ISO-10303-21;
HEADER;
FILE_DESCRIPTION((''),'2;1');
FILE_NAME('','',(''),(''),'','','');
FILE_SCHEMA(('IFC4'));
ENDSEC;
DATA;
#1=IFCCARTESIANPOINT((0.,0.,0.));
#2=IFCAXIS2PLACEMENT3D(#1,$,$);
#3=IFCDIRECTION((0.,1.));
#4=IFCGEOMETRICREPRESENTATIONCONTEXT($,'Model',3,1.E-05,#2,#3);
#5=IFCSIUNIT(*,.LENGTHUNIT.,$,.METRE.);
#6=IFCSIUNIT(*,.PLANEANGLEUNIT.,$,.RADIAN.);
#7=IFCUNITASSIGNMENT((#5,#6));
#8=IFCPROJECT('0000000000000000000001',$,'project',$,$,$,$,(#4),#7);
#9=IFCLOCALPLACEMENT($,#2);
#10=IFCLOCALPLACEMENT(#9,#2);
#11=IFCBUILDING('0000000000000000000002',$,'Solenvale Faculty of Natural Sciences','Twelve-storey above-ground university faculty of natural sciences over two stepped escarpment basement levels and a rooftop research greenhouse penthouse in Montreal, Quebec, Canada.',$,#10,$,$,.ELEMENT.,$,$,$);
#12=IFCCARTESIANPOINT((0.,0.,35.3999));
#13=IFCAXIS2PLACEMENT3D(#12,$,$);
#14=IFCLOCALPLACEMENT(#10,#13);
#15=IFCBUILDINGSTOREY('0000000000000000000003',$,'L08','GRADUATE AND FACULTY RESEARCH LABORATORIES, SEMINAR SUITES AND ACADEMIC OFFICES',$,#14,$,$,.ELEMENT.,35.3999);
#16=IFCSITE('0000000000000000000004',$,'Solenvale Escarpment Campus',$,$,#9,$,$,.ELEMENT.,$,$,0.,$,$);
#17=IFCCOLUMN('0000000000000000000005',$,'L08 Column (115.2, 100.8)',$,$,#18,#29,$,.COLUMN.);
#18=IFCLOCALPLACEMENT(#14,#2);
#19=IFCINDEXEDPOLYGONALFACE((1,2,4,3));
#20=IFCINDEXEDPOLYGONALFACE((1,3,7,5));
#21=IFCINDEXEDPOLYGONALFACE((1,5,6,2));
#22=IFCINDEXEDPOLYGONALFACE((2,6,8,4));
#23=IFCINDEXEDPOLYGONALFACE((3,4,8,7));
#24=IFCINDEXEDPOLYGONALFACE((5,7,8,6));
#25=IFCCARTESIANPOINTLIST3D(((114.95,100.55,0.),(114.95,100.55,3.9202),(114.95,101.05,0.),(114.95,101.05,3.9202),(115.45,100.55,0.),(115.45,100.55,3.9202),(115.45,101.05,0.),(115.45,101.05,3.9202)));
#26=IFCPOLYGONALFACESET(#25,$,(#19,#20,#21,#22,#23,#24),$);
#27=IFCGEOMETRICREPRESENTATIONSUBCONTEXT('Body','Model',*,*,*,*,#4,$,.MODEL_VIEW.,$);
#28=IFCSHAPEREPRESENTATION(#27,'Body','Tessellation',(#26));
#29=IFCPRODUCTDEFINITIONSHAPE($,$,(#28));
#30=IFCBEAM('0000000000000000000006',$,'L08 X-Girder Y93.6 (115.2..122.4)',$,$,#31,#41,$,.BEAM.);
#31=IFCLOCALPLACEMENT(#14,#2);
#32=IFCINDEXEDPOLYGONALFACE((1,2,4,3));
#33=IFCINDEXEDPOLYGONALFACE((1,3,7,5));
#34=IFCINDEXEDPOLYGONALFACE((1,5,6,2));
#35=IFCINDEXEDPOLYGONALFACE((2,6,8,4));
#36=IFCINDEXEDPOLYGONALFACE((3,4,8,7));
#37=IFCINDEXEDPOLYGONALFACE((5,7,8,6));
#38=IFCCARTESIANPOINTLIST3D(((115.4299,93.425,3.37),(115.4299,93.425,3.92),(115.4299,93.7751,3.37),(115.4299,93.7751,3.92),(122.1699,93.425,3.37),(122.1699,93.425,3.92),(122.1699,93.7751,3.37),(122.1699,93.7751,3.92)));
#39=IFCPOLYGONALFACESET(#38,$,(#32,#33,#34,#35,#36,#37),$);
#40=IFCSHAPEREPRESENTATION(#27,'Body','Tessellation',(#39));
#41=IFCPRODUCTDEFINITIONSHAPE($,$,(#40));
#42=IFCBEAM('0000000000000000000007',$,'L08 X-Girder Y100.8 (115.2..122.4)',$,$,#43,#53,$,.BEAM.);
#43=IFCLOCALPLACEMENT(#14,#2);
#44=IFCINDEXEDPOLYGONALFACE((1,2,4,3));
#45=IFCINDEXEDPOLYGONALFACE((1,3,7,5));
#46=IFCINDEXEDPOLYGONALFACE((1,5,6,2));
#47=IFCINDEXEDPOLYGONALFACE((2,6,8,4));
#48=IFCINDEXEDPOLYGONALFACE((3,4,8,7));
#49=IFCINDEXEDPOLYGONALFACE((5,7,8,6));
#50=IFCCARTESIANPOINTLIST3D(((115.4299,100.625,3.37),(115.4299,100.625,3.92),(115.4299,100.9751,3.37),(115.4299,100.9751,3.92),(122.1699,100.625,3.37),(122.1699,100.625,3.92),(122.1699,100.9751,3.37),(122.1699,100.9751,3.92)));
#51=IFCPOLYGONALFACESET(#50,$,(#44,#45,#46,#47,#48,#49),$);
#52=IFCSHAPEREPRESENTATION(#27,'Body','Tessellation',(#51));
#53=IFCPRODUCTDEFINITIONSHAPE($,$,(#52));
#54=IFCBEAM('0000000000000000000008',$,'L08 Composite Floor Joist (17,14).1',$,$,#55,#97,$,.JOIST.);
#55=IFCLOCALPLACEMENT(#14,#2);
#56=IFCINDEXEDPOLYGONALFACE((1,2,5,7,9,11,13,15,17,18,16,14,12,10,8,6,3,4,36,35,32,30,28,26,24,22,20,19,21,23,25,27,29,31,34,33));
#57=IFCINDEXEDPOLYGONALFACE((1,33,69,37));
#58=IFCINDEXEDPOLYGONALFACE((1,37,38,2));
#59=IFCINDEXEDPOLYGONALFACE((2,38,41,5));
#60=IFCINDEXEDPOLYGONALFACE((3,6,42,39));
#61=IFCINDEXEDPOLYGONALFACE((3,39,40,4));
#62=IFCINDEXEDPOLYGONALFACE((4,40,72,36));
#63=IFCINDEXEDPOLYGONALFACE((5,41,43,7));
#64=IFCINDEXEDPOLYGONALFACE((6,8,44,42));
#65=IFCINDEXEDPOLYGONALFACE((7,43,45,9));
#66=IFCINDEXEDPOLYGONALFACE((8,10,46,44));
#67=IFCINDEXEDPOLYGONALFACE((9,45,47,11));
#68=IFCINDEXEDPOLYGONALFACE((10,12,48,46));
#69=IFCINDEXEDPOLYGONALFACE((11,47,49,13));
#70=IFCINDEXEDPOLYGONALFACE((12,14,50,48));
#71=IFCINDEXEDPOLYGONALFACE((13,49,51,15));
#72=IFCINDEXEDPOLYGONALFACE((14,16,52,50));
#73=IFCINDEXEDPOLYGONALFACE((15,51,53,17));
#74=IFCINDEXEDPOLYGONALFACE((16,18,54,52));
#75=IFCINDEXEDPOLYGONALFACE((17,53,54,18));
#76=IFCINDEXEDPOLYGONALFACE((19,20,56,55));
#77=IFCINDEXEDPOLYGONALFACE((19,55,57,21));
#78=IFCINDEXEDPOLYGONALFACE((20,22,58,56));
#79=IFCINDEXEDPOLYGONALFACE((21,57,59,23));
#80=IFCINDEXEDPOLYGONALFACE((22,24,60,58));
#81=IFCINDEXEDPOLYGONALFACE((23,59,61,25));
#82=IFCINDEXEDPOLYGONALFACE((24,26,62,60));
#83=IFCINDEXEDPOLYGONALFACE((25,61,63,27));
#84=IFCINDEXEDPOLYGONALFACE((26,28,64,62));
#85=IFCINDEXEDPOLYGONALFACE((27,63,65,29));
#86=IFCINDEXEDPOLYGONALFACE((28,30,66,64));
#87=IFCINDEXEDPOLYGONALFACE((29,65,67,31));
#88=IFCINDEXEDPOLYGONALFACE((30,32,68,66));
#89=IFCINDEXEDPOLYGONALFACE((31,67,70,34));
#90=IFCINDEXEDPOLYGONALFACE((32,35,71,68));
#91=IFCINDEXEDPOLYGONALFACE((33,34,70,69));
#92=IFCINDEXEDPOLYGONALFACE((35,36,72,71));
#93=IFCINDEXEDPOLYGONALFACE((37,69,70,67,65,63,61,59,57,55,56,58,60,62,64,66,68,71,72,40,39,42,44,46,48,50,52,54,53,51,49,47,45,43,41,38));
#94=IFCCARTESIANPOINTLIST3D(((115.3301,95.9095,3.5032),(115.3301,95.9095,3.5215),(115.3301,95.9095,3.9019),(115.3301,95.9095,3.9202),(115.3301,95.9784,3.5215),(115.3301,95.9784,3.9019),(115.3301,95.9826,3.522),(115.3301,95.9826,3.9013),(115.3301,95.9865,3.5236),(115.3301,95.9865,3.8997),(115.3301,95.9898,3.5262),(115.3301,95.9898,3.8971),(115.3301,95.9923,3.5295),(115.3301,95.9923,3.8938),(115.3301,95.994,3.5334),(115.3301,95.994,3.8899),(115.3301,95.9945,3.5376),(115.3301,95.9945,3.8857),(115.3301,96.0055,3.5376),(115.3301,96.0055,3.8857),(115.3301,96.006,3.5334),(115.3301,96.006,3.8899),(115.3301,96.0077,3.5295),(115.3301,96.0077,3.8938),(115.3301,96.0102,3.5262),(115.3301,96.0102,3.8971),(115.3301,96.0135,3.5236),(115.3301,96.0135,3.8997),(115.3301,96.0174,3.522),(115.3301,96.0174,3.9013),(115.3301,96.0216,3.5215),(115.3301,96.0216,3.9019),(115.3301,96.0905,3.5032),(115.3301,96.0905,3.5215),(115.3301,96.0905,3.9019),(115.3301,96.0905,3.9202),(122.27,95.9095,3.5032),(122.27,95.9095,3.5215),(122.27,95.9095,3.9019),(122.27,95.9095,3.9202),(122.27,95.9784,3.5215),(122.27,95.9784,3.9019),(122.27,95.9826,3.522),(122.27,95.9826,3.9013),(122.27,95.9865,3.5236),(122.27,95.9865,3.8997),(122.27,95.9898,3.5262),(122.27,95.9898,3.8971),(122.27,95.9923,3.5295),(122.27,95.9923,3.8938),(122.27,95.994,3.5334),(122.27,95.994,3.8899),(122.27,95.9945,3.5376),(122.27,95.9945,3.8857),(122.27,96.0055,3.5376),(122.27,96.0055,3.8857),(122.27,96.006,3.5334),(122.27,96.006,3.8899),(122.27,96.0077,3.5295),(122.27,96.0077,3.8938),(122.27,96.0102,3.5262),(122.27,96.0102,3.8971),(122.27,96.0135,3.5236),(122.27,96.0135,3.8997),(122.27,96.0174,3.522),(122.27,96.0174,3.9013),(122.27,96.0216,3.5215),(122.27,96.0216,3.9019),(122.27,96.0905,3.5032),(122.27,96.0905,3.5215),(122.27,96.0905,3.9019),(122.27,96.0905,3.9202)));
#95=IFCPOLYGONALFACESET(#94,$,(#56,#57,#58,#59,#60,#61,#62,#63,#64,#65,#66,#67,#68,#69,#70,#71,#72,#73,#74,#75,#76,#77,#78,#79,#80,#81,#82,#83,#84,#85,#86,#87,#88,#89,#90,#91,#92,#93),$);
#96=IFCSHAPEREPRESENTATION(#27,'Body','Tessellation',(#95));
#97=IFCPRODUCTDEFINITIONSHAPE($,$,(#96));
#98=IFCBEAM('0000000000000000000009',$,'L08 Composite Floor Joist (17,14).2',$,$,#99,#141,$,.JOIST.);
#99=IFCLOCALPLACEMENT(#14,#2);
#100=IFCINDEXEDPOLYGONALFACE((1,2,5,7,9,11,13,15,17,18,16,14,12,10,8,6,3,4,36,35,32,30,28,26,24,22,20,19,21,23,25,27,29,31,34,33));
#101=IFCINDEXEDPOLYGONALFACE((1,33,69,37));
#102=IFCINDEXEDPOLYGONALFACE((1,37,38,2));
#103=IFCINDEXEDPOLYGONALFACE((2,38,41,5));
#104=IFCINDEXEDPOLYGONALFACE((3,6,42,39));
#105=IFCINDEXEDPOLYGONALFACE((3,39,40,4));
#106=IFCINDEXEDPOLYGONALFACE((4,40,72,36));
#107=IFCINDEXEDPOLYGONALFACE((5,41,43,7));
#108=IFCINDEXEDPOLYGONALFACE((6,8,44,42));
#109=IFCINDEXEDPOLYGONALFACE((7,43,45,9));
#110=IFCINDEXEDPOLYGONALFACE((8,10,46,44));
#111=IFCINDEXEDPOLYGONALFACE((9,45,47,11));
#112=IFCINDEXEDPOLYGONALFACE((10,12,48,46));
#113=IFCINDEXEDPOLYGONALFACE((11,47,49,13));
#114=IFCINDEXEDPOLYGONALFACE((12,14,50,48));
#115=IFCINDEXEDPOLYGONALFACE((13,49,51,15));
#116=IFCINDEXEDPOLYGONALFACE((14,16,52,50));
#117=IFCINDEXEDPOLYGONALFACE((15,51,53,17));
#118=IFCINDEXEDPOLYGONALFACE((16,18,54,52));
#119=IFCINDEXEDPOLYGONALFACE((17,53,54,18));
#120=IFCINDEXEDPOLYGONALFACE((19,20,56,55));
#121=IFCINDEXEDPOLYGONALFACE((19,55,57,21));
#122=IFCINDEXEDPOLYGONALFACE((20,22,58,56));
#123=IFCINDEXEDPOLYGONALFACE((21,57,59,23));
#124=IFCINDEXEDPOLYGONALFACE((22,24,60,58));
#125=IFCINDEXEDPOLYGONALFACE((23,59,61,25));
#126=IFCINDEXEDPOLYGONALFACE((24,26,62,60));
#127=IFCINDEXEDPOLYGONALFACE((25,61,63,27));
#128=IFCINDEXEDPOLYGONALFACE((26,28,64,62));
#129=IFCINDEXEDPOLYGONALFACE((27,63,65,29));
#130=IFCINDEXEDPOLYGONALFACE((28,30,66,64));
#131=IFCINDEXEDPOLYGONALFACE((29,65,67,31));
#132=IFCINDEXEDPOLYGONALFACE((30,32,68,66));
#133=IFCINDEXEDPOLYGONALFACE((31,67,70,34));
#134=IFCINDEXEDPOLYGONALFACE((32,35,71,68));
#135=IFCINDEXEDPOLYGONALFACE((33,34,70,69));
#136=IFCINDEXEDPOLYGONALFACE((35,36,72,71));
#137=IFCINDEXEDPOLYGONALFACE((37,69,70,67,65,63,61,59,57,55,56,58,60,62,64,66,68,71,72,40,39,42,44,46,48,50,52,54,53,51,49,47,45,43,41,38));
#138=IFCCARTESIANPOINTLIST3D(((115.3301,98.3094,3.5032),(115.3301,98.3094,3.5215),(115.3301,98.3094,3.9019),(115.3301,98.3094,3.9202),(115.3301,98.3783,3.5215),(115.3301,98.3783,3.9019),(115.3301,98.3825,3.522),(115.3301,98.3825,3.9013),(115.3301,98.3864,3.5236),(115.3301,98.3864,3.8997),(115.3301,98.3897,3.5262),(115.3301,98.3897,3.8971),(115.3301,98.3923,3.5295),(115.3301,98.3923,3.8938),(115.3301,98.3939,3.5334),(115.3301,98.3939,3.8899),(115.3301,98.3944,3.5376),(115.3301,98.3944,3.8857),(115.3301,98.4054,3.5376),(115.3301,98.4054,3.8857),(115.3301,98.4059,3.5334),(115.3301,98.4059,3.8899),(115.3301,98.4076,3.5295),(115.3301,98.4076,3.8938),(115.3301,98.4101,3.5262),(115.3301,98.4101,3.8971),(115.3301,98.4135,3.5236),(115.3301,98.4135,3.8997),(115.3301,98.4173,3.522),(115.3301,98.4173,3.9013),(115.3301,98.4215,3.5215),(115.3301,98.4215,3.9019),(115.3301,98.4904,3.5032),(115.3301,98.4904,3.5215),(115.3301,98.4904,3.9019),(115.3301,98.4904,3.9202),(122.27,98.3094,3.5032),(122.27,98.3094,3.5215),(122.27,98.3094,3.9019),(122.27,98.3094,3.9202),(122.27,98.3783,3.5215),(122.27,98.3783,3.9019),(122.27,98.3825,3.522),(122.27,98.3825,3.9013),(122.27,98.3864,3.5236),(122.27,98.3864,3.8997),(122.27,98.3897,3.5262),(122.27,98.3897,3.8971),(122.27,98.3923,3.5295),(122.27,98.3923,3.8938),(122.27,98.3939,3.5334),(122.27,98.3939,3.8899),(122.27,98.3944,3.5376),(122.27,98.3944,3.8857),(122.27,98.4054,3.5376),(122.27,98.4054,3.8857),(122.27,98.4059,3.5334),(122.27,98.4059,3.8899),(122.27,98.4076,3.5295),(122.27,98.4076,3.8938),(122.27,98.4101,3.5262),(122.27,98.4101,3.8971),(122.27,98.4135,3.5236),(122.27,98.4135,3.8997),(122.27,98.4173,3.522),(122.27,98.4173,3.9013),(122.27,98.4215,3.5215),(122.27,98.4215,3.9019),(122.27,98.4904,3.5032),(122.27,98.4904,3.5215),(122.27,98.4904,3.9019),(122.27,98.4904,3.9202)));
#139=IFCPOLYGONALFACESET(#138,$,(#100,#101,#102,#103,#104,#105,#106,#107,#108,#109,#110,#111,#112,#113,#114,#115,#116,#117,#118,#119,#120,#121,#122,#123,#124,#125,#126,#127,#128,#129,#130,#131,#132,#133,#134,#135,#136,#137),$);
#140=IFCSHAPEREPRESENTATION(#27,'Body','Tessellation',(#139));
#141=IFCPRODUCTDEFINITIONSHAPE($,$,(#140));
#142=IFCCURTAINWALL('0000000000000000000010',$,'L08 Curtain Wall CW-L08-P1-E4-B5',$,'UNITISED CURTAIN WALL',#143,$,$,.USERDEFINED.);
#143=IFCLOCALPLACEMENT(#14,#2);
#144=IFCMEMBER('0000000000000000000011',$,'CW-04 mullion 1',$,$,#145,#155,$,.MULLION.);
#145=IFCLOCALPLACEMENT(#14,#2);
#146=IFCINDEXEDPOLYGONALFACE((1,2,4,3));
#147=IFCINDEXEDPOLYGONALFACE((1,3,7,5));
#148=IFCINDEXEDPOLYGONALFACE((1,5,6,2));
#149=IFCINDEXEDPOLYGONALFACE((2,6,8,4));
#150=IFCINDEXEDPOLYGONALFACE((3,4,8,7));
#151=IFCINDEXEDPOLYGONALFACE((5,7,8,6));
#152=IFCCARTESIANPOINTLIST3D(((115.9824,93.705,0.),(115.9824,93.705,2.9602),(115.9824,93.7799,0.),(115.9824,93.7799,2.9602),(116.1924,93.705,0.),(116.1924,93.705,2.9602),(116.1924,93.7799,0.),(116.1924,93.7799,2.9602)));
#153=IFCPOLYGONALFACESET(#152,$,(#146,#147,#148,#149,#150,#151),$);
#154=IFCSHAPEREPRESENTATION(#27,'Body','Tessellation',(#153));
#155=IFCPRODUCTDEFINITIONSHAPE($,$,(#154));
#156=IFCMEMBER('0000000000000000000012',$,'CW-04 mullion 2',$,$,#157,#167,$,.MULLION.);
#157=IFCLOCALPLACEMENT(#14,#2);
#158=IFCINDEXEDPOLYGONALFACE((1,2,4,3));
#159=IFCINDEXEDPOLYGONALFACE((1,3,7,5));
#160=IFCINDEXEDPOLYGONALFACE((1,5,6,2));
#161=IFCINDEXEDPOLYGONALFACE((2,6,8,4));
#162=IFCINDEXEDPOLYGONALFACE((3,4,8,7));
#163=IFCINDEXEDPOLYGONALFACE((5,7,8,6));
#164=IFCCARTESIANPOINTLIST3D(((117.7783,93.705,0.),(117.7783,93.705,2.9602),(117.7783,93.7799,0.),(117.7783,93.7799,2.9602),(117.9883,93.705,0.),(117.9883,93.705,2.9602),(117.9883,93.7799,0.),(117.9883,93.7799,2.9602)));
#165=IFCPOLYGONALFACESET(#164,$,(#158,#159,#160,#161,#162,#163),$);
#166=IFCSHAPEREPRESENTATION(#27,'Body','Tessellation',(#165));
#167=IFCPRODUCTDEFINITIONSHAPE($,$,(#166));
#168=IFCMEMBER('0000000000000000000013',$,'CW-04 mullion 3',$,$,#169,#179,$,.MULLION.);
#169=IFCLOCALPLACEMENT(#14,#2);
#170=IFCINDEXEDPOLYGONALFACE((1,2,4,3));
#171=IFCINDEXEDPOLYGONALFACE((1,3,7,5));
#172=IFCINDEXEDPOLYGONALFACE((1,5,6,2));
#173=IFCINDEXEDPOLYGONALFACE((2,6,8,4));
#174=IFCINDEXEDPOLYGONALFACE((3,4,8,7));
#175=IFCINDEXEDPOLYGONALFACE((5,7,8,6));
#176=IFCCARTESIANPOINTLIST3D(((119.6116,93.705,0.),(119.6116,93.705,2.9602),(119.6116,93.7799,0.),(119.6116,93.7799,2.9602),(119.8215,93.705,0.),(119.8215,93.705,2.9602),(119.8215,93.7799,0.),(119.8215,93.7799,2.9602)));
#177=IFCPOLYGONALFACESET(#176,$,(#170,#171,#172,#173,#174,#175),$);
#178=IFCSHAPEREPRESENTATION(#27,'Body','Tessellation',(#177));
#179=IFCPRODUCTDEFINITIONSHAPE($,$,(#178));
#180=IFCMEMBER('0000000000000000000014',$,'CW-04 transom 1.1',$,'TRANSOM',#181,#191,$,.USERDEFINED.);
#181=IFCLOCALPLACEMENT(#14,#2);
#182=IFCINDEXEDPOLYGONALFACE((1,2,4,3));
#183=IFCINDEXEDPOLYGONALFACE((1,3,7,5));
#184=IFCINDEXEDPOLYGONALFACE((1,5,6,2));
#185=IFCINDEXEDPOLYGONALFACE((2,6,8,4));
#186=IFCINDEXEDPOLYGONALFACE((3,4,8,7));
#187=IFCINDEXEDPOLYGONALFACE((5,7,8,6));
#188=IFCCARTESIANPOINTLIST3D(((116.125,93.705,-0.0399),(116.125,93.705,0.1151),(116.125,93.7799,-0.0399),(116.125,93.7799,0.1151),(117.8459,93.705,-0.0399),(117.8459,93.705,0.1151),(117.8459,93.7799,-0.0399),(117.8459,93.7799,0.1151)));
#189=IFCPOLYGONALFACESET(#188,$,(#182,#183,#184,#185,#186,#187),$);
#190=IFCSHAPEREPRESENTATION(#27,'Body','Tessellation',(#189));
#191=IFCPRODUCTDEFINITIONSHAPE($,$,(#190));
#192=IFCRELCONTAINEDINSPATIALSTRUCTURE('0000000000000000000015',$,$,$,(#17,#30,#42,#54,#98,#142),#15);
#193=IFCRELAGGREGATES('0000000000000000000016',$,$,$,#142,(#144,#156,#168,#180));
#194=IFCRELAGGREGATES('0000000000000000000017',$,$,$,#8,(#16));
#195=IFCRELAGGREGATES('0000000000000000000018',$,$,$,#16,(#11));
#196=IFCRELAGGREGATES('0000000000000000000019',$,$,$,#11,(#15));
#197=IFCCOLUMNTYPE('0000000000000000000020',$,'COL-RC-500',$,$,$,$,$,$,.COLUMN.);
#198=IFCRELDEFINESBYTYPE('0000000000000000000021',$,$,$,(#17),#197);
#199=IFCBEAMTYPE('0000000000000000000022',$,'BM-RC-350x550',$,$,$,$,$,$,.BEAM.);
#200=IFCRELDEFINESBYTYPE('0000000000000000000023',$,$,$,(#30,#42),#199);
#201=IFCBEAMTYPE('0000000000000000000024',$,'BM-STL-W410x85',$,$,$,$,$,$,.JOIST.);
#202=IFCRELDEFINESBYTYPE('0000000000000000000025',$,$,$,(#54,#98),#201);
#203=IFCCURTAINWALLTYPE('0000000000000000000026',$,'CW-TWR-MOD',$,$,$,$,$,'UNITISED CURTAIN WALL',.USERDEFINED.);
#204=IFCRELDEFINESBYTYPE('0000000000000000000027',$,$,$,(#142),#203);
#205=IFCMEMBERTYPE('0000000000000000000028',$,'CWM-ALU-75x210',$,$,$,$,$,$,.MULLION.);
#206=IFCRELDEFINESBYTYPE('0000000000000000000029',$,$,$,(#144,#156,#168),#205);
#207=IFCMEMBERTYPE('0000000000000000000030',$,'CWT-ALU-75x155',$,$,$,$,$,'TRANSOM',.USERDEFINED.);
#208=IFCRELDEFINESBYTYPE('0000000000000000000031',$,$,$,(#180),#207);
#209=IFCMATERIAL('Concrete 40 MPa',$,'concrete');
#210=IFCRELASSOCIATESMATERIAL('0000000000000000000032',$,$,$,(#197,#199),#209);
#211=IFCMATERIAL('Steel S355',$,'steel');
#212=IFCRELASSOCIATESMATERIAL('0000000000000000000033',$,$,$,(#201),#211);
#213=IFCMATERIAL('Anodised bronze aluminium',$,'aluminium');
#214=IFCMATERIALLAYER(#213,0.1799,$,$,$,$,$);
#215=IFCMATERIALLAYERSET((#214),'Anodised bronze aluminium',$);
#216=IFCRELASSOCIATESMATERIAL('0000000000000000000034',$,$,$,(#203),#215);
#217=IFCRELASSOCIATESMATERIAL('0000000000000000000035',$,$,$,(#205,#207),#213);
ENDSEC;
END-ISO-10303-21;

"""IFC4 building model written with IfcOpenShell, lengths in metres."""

from ifc_helpers import new_model, si_unit, direction, frame, origin, origin_2d, place, context, subcontext, project, spatial, rectangle, i_section, extrude, material, layer, layer_set, material_profile, profile_set, type_object, element, aggregate, save


model = new_model("IFC4")

# Units and contexts
model_context = context("Model", 3, precision=1e-05, world=origin(), true_north=direction((0.0, 1.0)))
body_context = subcontext(model_context, "Body", "Model", "MODEL_VIEW")
ifc_project = project(units=[si_unit("LENGTHUNIT", "METRE"), si_unit("PLANEANGLEUNIT", "RADIAN")], contexts=[model_context])

# Site, building, storey
site_placement = place(None, origin())
site = spatial("IfcSite", under=ifc_project, at=site_placement, Name="Solenvale Escarpment Campus", CompositionType="ELEMENT", RefElevation=0.0)
building_placement = place(site_placement, origin())
building = spatial("IfcBuilding", under=site, at=building_placement, Name="Solenvale Faculty of Natural Sciences", Description="Twelve-storey above-ground university faculty of natural sciences over two stepped escarpment basement levels and a rooftop research greenhouse penthouse in Montreal, Quebec, Canada.", CompositionType="ELEMENT")
storey_placement = place(building_placement, frame((0.0, 0.0, 35.3999)))
storey = spatial("IfcBuildingStorey", under=building, at=storey_placement, Name="L08", Description="GRADUATE AND FACULTY RESEARCH LABORATORIES, SEMINAR SUITES AND ACADEMIC OFFICES", CompositionType="ELEMENT", Elevation=35.3999)

# Column
ifc_material_1 = material(Name="Concrete 40 MPa", Category="concrete")
ifc_material_profile_1 = material_profile(ifc_material_1, rectangle(XDim=0.5, YDim=0.5, at=origin_2d()), Name="RC-COL-500x500")
ifc_profile_set_1 = profile_set([ifc_material_profile_1], Name="Concrete 40 MPa")
column_type = type_object("IfcColumnType", Name="COL-RC-500", PredefinedType="COLUMN", material=ifc_profile_set_1)
column_placement = place(storey_placement, frame((115.2, 100.8, 0.0), z_axis=(0.0, 0.0, 1.0), x_axis=(1.0, 0.0, 0.0)))
element("IfcColumn", 1, at=column_placement, inside=storey, type_object=column_type, Name="L08 Column (115.2, 100.8)", PredefinedType="COLUMN", context=body_context, shape_type="SweptSolid", body=[
    extrude(rectangle(XDim=0.5, YDim=0.5, at=origin_2d()), origin(), (0.0, 0.0, 1.0), 3.9202),
])

# Beams
ifc_material_profile_2 = material_profile(ifc_material_1, rectangle(XDim=0.3501, YDim=0.55, at=origin_2d()), Name="RC-BM-350x550")
ifc_profile_set_2 = profile_set([ifc_material_profile_2], Name="Concrete 40 MPa")
beam_type_1 = type_object("IfcBeamType", Name="BM-RC-350x550", PredefinedType="BEAM", material=ifc_profile_set_2)
for number, where, z_axis, x_axis, name in (
    (2, (115.4299, 93.6001, 3.645), (1.0, 0.0, 0.0), (0.0, 1.0, 0.0), "L08 X-Girder Y93.6 (115.2..122.4)"),
    (3, (115.4299, 100.8, 3.645), (1.0, 0.0, 0.0), (0.0, 1.0, 0.0), "L08 X-Girder Y100.8 (115.2..122.4)"),
):
    element("IfcBeam", number, at=place(storey_placement, frame(where, z_axis=z_axis, x_axis=x_axis)), inside=storey, type_object=beam_type_1, Name=name, PredefinedType="BEAM", context=body_context, shape_type="SweptSolid", body=[
        extrude(rectangle(XDim=0.3501, YDim=0.55, at=origin_2d()), origin(), (0.0, 0.0, 1.0), 6.74),
    ])
ifc_material_2 = material(Name="Steel S355", Category="steel")
ifc_material_profile_3 = material_profile(ifc_material_2, i_section(OverallWidth=0.1809, OverallDepth=0.417, WebThickness=0.011, FlangeThickness=0.0183, FilletRadius=0.0161, at=origin_2d()), Name="W410x85")
ifc_profile_set_3 = profile_set([ifc_material_profile_3], Name="Steel S355")
beam_type_2 = type_object("IfcBeamType", Name="BM-STL-W410x85", PredefinedType="JOIST", material=ifc_profile_set_3)
for number, where, z_axis, x_axis, name in (
    (4, (115.3301, 96.0, 3.7117), (1.0, 0.0, 0.0), (0.0, 1.0, 0.0), "L08 Composite Floor Joist (17,14).1"),
    (5, (115.3301, 98.3999, 3.7117), (1.0, 0.0, 0.0), (0.0, 1.0, 0.0), "L08 Composite Floor Joist (17,14).2"),
):
    element("IfcBeam", number, at=place(storey_placement, frame(where, z_axis=z_axis, x_axis=x_axis)), inside=storey, type_object=beam_type_2, Name=name, PredefinedType="JOIST", context=body_context, shape_type="SweptSolid", body=[
        extrude(i_section(OverallWidth=0.1809, OverallDepth=0.417, WebThickness=0.011, FlangeThickness=0.0183, FilletRadius=0.0161, at=origin_2d()), origin(), (0.0, 0.0, 1.0), 6.9399),
    ])

# Curtain wall, members
ifc_material_3 = material(Name="Anodised bronze aluminium", Category="aluminium")
ifc_layer_1 = layer(ifc_material_3, 0.1799)
ifc_layer_set_1 = layer_set([ifc_layer_1], Name="Anodised bronze aluminium")
curtain_wall_type = type_object("IfcCurtainWallType", Name="CW-TWR-MOD", ElementType="UNITISED CURTAIN WALL", PredefinedType="USERDEFINED", material=ifc_layer_set_1)
curtain_wall_placement = place(storey_placement, origin())
curtain_wall = element("IfcCurtainWall", 6, at=curtain_wall_placement, inside=storey, type_object=curtain_wall_type, Name="L08 Curtain Wall CW-L08-P1-E4-B5", ObjectType="UNITISED CURTAIN WALL", PredefinedType="USERDEFINED")
ifc_material_profile_4 = material_profile(ifc_material_3, rectangle(XDim=0.075, YDim=0.21, at=origin_2d()), Name="ALU-MUL-75x210")
ifc_profile_set_4 = profile_set([ifc_material_profile_4], Name="Anodised bronze aluminium")
member_type_1 = type_object("IfcMemberType", Name="CWM-ALU-75x210", PredefinedType="MULLION", material=ifc_profile_set_4)
member_1_placement = place(storey_placement, frame((116.0874, 93.7424, 0.0), z_axis=(0.0, 0.0, 1.0), x_axis=(0.0, 1.0, 0.0)))
member_1 = element("IfcMember", 7, at=member_1_placement, type_object=member_type_1, Name="CW-04 mullion 1", PredefinedType="MULLION", context=body_context, shape_type="SweptSolid", body=[
    extrude(rectangle(XDim=0.075, YDim=0.21, at=origin_2d()), origin(), (0.0, 0.0, 1.0), 2.9602),
])
member_2_placement = place(storey_placement, frame((117.8833, 93.7424, 0.0), z_axis=(0.0, 0.0, 1.0), x_axis=(0.0, 1.0, 0.0)))
member_2 = element("IfcMember", 8, at=member_2_placement, type_object=member_type_1, Name="CW-04 mullion 2", PredefinedType="MULLION", context=body_context, shape_type="SweptSolid", body=[
    extrude(rectangle(XDim=0.075, YDim=0.21, at=origin_2d()), origin(), (0.0, 0.0, 1.0), 2.9602),
])
member_3_placement = place(storey_placement, frame((119.7166, 93.7424, 0.0), z_axis=(0.0, 0.0, 1.0), x_axis=(0.0, 1.0, 0.0)))
member_3 = element("IfcMember", 9, at=member_3_placement, type_object=member_type_1, Name="CW-04 mullion 3", PredefinedType="MULLION", context=body_context, shape_type="SweptSolid", body=[
    extrude(rectangle(XDim=0.075, YDim=0.21, at=origin_2d()), origin(), (0.0, 0.0, 1.0), 2.9602),
])
ifc_material_profile_5 = material_profile(ifc_material_3, rectangle(XDim=0.075, YDim=0.155, at=origin_2d()), Name="ALU-TRN-75x155")
ifc_profile_set_5 = profile_set([ifc_material_profile_5], Name="Anodised bronze aluminium")
member_type_2 = type_object("IfcMemberType", Name="CWT-ALU-75x155", ElementType="TRANSOM", PredefinedType="USERDEFINED", material=ifc_profile_set_5)
member_4_placement = place(storey_placement, frame((116.125, 93.7424, 0.0376), z_axis=(1.0, 0.0, 0.0), x_axis=(0.0, 1.0, 0.0)))
member_4 = element("IfcMember", 10, at=member_4_placement, type_object=member_type_2, Name="CW-04 transom 1.1", ObjectType="TRANSOM", PredefinedType="USERDEFINED", context=body_context, shape_type="SweptSolid", body=[
    extrude(rectangle(XDim=0.075, YDim=0.155, at=origin_2d()), origin(), (0.0, 0.0, 1.0), 1.7209),
])
aggregate(curtain_wall, [member_1, member_2, member_3, member_4])

save(model, "model.ifc")
